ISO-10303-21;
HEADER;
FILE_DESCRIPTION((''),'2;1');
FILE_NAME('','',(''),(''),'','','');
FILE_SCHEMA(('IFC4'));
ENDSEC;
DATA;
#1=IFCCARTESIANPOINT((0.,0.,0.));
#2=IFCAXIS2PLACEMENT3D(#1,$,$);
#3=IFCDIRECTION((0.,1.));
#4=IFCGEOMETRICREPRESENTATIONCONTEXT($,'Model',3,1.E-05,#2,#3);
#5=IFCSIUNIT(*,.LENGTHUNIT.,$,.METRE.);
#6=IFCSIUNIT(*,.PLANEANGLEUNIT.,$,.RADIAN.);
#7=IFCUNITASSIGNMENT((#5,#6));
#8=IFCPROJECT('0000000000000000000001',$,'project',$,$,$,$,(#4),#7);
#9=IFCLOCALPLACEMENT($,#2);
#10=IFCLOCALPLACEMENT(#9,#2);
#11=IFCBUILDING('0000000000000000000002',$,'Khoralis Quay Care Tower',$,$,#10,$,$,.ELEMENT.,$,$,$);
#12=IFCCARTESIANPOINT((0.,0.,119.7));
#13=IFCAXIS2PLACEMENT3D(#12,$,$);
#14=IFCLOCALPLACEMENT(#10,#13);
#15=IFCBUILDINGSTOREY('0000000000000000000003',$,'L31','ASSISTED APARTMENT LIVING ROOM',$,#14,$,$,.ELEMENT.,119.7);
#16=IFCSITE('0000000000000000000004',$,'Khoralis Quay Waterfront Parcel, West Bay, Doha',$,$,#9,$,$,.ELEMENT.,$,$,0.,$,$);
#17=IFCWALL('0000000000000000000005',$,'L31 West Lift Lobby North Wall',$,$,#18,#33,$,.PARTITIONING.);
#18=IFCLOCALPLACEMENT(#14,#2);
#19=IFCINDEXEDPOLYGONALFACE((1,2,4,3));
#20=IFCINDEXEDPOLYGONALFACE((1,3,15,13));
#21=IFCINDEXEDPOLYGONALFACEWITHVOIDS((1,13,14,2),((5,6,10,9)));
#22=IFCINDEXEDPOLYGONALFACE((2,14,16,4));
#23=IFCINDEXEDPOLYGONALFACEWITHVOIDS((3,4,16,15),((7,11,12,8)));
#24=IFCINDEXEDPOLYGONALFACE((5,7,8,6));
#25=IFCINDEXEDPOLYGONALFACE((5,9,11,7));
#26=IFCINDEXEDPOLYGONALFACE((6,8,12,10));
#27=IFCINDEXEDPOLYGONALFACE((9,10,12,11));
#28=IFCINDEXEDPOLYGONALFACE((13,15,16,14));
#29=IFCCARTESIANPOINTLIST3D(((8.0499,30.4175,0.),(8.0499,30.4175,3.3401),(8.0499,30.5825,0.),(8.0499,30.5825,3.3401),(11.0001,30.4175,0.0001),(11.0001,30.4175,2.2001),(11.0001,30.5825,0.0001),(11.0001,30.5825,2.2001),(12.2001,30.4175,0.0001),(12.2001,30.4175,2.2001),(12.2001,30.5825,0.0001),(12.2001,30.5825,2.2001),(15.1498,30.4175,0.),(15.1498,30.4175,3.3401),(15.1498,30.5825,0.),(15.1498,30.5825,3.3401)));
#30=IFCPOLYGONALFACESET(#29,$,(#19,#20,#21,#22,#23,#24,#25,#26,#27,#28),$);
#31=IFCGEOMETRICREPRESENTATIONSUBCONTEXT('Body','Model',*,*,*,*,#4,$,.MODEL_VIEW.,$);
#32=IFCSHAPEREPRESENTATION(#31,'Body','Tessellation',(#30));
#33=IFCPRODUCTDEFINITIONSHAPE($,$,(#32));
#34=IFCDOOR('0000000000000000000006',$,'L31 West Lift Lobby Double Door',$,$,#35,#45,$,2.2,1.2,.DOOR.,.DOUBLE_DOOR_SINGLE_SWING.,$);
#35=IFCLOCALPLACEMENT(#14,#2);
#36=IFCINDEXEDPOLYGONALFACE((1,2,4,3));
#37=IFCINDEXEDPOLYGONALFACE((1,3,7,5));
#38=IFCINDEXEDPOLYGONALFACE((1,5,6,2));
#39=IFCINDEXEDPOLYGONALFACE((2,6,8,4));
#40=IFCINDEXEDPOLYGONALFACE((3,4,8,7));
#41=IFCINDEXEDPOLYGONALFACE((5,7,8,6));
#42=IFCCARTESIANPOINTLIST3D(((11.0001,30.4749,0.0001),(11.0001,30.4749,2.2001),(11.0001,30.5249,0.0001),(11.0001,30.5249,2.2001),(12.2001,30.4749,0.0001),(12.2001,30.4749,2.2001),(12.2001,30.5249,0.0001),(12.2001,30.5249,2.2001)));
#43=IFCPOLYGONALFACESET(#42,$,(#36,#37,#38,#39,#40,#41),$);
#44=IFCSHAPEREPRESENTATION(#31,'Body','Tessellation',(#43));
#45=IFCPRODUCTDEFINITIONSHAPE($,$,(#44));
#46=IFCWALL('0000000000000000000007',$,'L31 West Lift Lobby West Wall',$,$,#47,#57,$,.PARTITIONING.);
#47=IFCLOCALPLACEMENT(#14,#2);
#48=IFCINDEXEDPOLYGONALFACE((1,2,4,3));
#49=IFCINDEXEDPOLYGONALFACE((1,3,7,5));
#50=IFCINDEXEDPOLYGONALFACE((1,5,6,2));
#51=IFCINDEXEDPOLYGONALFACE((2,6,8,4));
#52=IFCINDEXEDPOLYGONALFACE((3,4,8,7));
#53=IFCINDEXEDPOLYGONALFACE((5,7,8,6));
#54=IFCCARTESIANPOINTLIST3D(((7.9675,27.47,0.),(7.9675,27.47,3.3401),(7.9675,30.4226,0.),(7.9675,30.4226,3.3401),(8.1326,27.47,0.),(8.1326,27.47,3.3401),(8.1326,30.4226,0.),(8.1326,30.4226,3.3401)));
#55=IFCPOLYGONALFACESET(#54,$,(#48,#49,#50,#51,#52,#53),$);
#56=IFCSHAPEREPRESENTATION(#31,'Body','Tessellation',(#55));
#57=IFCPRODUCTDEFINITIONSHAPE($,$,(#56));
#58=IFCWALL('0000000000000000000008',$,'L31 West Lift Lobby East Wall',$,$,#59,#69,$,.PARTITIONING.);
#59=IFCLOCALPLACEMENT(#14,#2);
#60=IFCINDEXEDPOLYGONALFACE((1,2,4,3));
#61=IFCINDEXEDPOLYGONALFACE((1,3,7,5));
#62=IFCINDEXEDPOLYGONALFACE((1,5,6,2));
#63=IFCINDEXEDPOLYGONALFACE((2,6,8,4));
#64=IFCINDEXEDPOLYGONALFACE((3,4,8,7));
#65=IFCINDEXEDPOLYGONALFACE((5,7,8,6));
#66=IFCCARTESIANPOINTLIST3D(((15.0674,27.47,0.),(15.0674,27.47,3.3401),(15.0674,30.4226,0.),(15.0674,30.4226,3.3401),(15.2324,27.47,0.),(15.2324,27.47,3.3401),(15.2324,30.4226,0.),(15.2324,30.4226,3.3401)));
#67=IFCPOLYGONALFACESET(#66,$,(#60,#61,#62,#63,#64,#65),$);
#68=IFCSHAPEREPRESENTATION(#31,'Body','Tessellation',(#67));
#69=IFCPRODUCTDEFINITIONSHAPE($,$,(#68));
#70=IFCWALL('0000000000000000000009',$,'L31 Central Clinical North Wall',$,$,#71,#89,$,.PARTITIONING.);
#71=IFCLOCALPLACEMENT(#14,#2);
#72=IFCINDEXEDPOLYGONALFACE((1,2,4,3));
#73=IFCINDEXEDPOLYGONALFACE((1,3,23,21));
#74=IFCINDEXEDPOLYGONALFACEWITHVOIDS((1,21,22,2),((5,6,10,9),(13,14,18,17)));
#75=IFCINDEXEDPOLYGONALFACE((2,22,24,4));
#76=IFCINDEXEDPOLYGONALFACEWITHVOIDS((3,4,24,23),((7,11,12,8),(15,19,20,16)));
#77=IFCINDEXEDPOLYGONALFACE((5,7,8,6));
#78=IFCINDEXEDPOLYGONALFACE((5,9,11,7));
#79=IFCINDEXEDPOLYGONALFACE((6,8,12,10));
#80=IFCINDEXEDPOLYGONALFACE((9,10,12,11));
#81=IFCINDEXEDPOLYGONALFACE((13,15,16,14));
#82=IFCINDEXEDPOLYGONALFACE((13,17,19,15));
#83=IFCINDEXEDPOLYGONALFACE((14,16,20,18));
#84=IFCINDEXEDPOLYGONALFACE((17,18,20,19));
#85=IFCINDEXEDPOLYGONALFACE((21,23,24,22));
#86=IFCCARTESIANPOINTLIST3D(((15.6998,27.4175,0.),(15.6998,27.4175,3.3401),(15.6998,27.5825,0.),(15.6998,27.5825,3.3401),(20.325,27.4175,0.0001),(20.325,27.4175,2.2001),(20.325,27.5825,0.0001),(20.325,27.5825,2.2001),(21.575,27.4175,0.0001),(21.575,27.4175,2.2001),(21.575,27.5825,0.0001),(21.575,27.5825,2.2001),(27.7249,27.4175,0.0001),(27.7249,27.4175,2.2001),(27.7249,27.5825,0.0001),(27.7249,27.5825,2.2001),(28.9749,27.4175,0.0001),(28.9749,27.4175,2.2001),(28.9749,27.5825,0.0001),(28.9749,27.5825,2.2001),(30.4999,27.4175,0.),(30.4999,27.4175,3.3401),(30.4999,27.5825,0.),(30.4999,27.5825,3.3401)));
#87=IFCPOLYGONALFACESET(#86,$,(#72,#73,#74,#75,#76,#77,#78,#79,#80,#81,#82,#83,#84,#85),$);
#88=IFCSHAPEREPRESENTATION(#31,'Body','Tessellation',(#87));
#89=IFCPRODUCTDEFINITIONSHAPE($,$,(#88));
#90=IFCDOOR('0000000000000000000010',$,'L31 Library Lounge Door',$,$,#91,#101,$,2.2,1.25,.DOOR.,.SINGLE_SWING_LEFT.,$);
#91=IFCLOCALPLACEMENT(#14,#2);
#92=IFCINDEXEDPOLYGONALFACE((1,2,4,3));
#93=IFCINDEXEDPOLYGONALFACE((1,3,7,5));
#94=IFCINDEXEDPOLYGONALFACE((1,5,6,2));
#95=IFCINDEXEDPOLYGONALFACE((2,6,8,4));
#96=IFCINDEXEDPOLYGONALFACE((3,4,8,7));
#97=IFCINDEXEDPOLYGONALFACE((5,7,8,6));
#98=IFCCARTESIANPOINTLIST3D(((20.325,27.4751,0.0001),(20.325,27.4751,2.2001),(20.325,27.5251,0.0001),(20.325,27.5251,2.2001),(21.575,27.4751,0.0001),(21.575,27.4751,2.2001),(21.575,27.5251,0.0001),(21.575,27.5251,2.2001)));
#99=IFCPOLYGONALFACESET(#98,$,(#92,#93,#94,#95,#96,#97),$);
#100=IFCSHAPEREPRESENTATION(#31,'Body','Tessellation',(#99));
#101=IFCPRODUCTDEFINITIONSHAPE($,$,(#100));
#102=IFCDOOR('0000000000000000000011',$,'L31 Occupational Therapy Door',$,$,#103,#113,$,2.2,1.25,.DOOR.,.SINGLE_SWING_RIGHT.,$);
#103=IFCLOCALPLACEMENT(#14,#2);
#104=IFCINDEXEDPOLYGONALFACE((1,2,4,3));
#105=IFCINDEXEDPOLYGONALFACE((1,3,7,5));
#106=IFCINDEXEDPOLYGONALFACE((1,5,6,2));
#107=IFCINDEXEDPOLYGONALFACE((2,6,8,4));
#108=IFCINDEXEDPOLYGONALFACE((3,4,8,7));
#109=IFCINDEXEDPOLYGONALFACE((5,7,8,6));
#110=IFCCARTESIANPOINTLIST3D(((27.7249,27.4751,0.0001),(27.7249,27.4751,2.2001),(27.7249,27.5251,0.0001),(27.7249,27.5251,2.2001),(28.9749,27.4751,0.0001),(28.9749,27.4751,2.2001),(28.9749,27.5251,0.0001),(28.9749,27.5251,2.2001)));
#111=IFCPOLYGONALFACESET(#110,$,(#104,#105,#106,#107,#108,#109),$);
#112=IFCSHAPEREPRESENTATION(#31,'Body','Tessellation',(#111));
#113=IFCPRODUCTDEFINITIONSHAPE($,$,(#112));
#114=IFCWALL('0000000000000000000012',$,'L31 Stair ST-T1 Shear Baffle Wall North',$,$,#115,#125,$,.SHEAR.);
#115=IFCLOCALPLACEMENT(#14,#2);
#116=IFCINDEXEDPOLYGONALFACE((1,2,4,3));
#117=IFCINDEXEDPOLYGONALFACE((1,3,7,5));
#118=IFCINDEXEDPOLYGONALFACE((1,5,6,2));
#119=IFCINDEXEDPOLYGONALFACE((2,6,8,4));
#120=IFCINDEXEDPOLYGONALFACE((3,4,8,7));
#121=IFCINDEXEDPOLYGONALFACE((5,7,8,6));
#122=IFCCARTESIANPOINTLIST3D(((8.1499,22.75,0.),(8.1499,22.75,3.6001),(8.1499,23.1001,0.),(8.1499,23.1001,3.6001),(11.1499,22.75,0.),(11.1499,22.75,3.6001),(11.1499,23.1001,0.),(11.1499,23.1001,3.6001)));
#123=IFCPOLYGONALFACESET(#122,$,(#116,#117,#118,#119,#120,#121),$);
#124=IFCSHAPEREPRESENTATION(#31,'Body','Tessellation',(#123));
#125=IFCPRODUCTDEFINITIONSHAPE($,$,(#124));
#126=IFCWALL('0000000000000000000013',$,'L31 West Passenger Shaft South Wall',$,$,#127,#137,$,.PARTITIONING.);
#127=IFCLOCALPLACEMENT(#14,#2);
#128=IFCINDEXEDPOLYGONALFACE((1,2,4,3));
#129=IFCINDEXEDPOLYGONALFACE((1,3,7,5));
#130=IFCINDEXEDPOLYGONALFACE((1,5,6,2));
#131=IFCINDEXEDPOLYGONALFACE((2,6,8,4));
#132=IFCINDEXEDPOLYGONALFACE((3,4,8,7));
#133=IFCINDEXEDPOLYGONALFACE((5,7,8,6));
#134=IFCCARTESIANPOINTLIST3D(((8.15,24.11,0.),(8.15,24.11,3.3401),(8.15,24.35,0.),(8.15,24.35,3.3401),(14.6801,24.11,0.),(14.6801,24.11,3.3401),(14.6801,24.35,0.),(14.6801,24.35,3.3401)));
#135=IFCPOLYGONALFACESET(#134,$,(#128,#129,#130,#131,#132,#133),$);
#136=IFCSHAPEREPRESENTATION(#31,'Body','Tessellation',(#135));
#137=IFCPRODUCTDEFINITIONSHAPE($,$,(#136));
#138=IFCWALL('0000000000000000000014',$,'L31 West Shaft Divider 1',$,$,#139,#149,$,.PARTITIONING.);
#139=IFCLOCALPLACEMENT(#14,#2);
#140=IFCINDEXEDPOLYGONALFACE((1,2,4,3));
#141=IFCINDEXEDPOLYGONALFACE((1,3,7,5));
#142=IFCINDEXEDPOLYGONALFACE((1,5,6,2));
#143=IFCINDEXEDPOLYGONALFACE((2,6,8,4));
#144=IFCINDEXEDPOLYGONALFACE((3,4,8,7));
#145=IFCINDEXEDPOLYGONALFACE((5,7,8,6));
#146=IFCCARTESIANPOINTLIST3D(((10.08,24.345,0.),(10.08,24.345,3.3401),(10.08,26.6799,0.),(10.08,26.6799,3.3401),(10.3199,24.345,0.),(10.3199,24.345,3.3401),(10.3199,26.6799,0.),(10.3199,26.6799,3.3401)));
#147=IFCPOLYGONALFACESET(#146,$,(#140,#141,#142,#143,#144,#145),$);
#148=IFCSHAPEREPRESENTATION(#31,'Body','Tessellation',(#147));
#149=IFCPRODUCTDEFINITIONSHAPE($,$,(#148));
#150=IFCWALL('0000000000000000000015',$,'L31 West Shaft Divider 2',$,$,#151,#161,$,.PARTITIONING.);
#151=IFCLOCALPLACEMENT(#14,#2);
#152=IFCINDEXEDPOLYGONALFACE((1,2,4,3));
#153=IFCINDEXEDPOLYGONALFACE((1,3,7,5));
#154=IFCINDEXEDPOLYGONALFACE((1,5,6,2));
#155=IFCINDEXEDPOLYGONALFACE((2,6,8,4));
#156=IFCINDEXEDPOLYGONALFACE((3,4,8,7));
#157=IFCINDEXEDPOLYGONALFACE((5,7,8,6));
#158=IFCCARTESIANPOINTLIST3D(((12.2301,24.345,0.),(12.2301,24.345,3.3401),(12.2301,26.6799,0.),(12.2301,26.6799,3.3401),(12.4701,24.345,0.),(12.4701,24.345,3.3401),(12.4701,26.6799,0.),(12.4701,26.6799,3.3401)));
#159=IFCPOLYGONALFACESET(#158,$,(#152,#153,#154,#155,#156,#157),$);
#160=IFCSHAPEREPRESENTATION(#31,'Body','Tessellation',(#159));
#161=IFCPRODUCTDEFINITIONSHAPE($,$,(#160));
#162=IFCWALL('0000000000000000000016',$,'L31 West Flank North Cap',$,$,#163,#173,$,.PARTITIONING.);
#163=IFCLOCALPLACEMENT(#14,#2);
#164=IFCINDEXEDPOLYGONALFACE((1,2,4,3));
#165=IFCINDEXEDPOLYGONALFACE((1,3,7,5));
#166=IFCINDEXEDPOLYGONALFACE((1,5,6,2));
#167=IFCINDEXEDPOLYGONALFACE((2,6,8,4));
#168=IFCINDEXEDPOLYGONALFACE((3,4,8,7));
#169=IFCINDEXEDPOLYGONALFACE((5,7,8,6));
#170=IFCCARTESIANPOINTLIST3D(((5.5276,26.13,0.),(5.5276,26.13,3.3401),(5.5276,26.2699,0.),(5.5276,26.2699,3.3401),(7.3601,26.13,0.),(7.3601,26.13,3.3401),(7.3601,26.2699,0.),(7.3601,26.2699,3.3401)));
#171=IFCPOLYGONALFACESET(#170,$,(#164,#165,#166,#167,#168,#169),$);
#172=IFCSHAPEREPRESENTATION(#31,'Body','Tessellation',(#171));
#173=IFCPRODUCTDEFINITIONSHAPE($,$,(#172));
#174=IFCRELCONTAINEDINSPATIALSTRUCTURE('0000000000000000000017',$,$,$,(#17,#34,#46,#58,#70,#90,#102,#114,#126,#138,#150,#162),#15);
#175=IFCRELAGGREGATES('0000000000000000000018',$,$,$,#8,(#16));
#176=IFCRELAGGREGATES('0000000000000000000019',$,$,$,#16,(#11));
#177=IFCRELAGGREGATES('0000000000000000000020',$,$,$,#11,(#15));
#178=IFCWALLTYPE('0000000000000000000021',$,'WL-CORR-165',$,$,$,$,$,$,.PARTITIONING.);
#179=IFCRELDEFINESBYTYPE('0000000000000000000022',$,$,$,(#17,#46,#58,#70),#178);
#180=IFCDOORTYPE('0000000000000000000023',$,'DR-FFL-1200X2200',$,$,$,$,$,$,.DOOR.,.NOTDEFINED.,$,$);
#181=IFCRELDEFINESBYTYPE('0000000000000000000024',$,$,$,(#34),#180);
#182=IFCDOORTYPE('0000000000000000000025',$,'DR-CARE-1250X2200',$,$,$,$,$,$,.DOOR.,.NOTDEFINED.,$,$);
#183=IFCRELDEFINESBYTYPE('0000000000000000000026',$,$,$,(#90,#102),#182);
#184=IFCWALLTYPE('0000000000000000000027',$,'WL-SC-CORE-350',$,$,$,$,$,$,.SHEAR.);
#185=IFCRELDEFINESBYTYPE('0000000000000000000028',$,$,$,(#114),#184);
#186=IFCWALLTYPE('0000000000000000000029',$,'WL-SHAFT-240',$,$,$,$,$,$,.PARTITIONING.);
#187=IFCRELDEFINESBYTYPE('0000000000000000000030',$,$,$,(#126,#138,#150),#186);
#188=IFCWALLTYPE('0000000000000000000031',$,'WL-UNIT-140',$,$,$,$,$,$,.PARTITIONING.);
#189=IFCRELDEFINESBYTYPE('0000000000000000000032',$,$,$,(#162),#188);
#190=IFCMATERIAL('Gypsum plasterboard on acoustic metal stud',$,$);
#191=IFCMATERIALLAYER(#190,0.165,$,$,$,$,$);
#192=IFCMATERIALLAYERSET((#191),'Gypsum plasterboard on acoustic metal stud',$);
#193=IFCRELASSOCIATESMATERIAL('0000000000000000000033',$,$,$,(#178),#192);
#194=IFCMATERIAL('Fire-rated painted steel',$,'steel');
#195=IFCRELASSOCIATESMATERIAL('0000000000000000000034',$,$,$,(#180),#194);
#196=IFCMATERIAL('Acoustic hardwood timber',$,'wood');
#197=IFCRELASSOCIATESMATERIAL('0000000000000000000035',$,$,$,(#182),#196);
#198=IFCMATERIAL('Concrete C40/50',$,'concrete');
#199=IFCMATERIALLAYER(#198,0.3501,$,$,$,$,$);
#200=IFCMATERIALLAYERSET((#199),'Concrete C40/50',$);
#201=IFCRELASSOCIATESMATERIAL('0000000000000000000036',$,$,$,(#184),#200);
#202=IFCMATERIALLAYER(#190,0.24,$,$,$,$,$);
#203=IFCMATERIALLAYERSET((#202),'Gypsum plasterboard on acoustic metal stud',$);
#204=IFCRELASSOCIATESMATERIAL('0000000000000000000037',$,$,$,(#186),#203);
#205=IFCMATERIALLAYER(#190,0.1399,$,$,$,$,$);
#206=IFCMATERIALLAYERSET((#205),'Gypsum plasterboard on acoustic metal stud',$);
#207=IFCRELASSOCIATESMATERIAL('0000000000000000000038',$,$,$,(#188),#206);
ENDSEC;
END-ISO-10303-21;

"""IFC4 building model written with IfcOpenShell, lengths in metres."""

from ifc_helpers import new_model, si_unit, direction, frame, frame_2d, origin, place, context, subcontext, project, spatial, rectangle, extrude, source, transform, mapped, material, layer, layer_set, type_object, element, fill, save


model = new_model("IFC4")

# Units and contexts
model_context = context("Model", 3, precision=1e-05, world=origin(), true_north=direction((0.0, 1.0)))
body_context = subcontext(model_context, "Body", "Model", "MODEL_VIEW")
ifc_project = project(units=[si_unit("LENGTHUNIT", "METRE"), si_unit("PLANEANGLEUNIT", "RADIAN")], contexts=[model_context])

# Site, building, storey
site_placement = place(None, origin())
site = spatial("IfcSite", under=ifc_project, at=site_placement, Name="Khoralis Quay Waterfront Parcel, West Bay, Doha", CompositionType="ELEMENT", RefElevation=0.0)
building_placement = place(site_placement, origin())
building = spatial("IfcBuilding", under=site, at=building_placement, Name="Khoralis Quay Care Tower", CompositionType="ELEMENT")
storey_placement = place(building_placement, frame((0.0, 0.0, 119.7)))
storey = spatial("IfcBuildingStorey", under=building, at=storey_placement, Name="L31", Description="ASSISTED APARTMENT LIVING ROOM", CompositionType="ELEMENT", Elevation=119.7)

# Wall, opening, door
ifc_material_1 = material(Name="Gypsum plasterboard on acoustic metal stud")
ifc_layer_1 = layer(ifc_material_1, 0.165)
ifc_layer_set_1 = layer_set([ifc_layer_1], Name="Gypsum plasterboard on acoustic metal stud")
wall_type_1 = type_object("IfcWallType", Name="WL-CORR-165", PredefinedType="PARTITIONING", material=ifc_layer_set_1)
wall_1_placement = place(storey_placement, frame((8.05, 30.5, 0.0), z_axis=(0.0, 0.0, 1.0), x_axis=(1.0, 0.0, 0.0)))
wall_1 = element("IfcWall", 1, at=wall_1_placement, inside=storey, type_object=wall_type_1, Name="L31 West Lift Lobby North Wall", PredefinedType="PARTITIONING", context=body_context, shape_type="SweptSolid", body=[
    extrude(rectangle(XDim=7.0999, YDim=0.165, at=frame_2d((3.5498, 0.0))), origin(), (0.0, 0.0, 1.0), 3.3401),
])
opening_1_placement = place(wall_1_placement, frame((2.95, 0.0, 0.0)))
opening_1 = element("IfcOpeningElement", 2, at=opening_1_placement, cuts=wall_1, PredefinedType="OPENING", context=body_context, shape_type="SweptSolid", body=[
    extrude(rectangle(XDim=1.2, YDim=2.2, at=frame_2d((0.6001, 1.1001))), frame((0.0, 0.0925, 0.0), z_axis=(0.0, -1.0, 0.0), x_axis=(1.0, 0.0, 0.0)), (0.0, 0.0, 1.0), 0.1851),
])
ifc_material_2 = material(Name="Fire-rated painted steel", Category="steel")
door_type_1 = type_object("IfcDoorType", Name="DR-FFL-1200X2200", OperationType="NOTDEFINED", PredefinedType="DOOR", material=ifc_material_2)
shared_shape_1 = source(origin(), body_context, "Body", "SweptSolid", [
    extrude(rectangle(XDim=1.2, YDim=2.2, at=frame_2d((0.6001, 1.1001))), frame((0.0, 0.0249, 0.0), z_axis=(0.0, -1.0, 0.0), x_axis=(1.0, 0.0, 0.0)), (0.0, 0.0, 1.0), 0.05),
])
door_1_placement = place(opening_1_placement, origin())
door_1 = element("IfcDoor", 3, at=door_1_placement, inside=storey, type_object=door_type_1, Name="L31 West Lift Lobby Double Door", OperationType="DOUBLE_DOOR_SINGLE_SWING", OverallHeight=2.2, OverallWidth=1.2, PredefinedType="DOOR", context=body_context, shape_type="MappedRepresentation", body=[
    mapped(shared_shape_1, transform((0.0, 0.0, 0.0), scale=1.0)),
])
fill(opening_1, door_1)

# Walls
for number, where, z_axis, x_axis, name in (
    (4, (8.05, 27.47, 0.0), (0.0, 0.0, 1.0), (0.0, 1.0, 0.0), "L31 West Lift Lobby West Wall"),
    (5, (15.1499, 27.47, 0.0), (0.0, 0.0, 1.0), (0.0, 1.0, 0.0), "L31 West Lift Lobby East Wall"),
):
    element("IfcWall", number, at=place(storey_placement, frame(where, z_axis=z_axis, x_axis=x_axis)), inside=storey, type_object=wall_type_1, Name=name, PredefinedType="PARTITIONING", context=body_context, shape_type="SweptSolid", body=[
        extrude(rectangle(XDim=2.9526, YDim=0.165, at=frame_2d((1.4763, 0.0))), origin(), (0.0, 0.0, 1.0), 3.3401),
    ])

# Wall, openings, doors
wall_2_placement = place(storey_placement, frame((15.7, 27.5, 0.0), z_axis=(0.0, 0.0, 1.0), x_axis=(1.0, 0.0, 0.0)))
wall_2 = element("IfcWall", 6, at=wall_2_placement, inside=storey, type_object=wall_type_1, Name="L31 Central Clinical North Wall", PredefinedType="PARTITIONING", context=body_context, shape_type="SweptSolid", body=[
    extrude(rectangle(XDim=14.8, YDim=0.165, at=frame_2d((7.3999, 0.0))), origin(), (0.0, 0.0, 1.0), 3.3401),
])
opening_2_placement = place(wall_2_placement, frame((4.625, 0.0, 0.0)))
opening_2 = element("IfcOpeningElement", 7, at=opening_2_placement, cuts=wall_2, PredefinedType="OPENING", context=body_context, shape_type="SweptSolid", body=[
    extrude(rectangle(XDim=1.25, YDim=2.2, at=frame_2d((0.625, 1.1001))), frame((0.0, 0.0925, 0.0), z_axis=(0.0, -1.0, 0.0), x_axis=(1.0, 0.0, 0.0)), (0.0, 0.0, 1.0), 0.1851),
])
opening_3_placement = place(wall_2_placement, frame((12.0249, 0.0, 0.0)))
opening_3 = element("IfcOpeningElement", 8, at=opening_3_placement, cuts=wall_2, PredefinedType="OPENING", context=body_context, shape_type="SweptSolid", body=[
    extrude(rectangle(XDim=1.25, YDim=2.2, at=frame_2d((0.625, 1.1001))), frame((0.0, 0.0925, 0.0), z_axis=(0.0, -1.0, 0.0), x_axis=(1.0, 0.0, 0.0)), (0.0, 0.0, 1.0), 0.1851),
])
ifc_material_3 = material(Name="Acoustic hardwood timber", Category="wood")
door_type_2 = type_object("IfcDoorType", Name="DR-CARE-1250X2200", OperationType="NOTDEFINED", PredefinedType="DOOR", material=ifc_material_3)
shared_shape_2 = source(origin(), body_context, "Body", "SweptSolid", [
    extrude(rectangle(XDim=1.25, YDim=2.2, at=frame_2d((0.625, 1.1001))), frame((0.0, 0.0249, 0.0), z_axis=(0.0, -1.0, 0.0), x_axis=(1.0, 0.0, 0.0)), (0.0, 0.0, 1.0), 0.05),
])
door_2_placement = place(opening_2_placement, frame((1.25, 0.0, 0.0), z_axis=(0.0, 0.0, 1.0), x_axis=(-1.0, 0.0, 0.0)))
door_2 = element("IfcDoor", 9, at=door_2_placement, inside=storey, type_object=door_type_2, Name="L31 Library Lounge Door", OperationType="SINGLE_SWING_LEFT", OverallHeight=2.2, OverallWidth=1.25, PredefinedType="DOOR", context=body_context, shape_type="MappedRepresentation", body=[
    mapped(shared_shape_2, transform((0.0, 0.0, 0.0), scale=1.0)),
])
fill(opening_2, door_2)
door_3_placement = place(opening_3_placement, frame((1.25, 0.0, 0.0), z_axis=(0.0, 0.0, 1.0), x_axis=(-1.0, 0.0, 0.0)))
door_3 = element("IfcDoor", 10, at=door_3_placement, inside=storey, type_object=door_type_2, Name="L31 Occupational Therapy Door", OperationType="SINGLE_SWING_RIGHT", OverallHeight=2.2, OverallWidth=1.25, PredefinedType="DOOR", context=body_context, shape_type="MappedRepresentation", body=[
    mapped(shared_shape_2, transform((0.0, 0.0, 0.0), scale=1.0)),
])
fill(opening_3, door_3)

# Walls
ifc_material_4 = material(Name="Concrete C40/50", Category="concrete")
ifc_layer_2 = layer(ifc_material_4, 0.3501)
ifc_layer_set_2 = layer_set([ifc_layer_2], Name="Concrete C40/50")
wall_type_2 = type_object("IfcWallType", Name="WL-SC-CORE-350", PredefinedType="SHEAR", material=ifc_layer_set_2)
wall_3_placement = place(storey_placement, frame((8.1499, 22.925, 0.0), z_axis=(0.0, 0.0, 1.0), x_axis=(1.0, 0.0, 0.0)))
element("IfcWall", 11, at=wall_3_placement, inside=storey, type_object=wall_type_2, Name="L31 Stair ST-T1 Shear Baffle Wall North", PredefinedType="SHEAR", context=body_context, shape_type="SweptSolid", body=[
    extrude(rectangle(XDim=3.0, YDim=0.3501, at=frame_2d((1.5, 0.0))), origin(), (0.0, 0.0, 1.0), 3.6001),
])
ifc_layer_3 = layer(ifc_material_1, 0.24)
ifc_layer_set_3 = layer_set([ifc_layer_3], Name="Gypsum plasterboard on acoustic metal stud")
wall_type_3 = type_object("IfcWallType", Name="WL-SHAFT-240", PredefinedType="PARTITIONING", material=ifc_layer_set_3)
wall_4_placement = place(storey_placement, frame((8.1499, 24.23, 0.0), z_axis=(0.0, 0.0, 1.0), x_axis=(1.0, 0.0, 0.0)))
element("IfcWall", 12, at=wall_4_placement, inside=storey, type_object=wall_type_3, Name="L31 West Passenger Shaft South Wall", PredefinedType="PARTITIONING", context=body_context, shape_type="SweptSolid", body=[
    extrude(rectangle(XDim=6.53, YDim=0.24, at=frame_2d((3.2651, 0.0))), origin(), (0.0, 0.0, 1.0), 3.3401),
])
for number, where, z_axis, x_axis, name in (
    (13, (10.2, 24.345, 0.0), (0.0, 0.0, 1.0), (0.0, 1.0, 0.0), "L31 West Shaft Divider 1"),
    (14, (12.3501, 24.345, 0.0), (0.0, 0.0, 1.0), (0.0, 1.0, 0.0), "L31 West Shaft Divider 2"),
):
    element("IfcWall", number, at=place(storey_placement, frame(where, z_axis=z_axis, x_axis=x_axis)), inside=storey, type_object=wall_type_3, Name=name, PredefinedType="PARTITIONING", context=body_context, shape_type="SweptSolid", body=[
        extrude(rectangle(XDim=2.335, YDim=0.24, at=frame_2d((1.1675, 0.0))), origin(), (0.0, 0.0, 1.0), 3.3401),
    ])
ifc_layer_4 = layer(ifc_material_1, 0.1399)
ifc_layer_set_4 = layer_set([ifc_layer_4], Name="Gypsum plasterboard on acoustic metal stud")
wall_type_4 = type_object("IfcWallType", Name="WL-UNIT-140", PredefinedType="PARTITIONING", material=ifc_layer_set_4)
for number, where, z_axis, x_axis, name in (
    (15, (5.5276, 26.2, 0.0), (0.0, 0.0, 1.0), (1.0, 0.0, 0.0), "L31 West Flank North Cap"),
):
    element("IfcWall", number, at=place(storey_placement, frame(where, z_axis=z_axis, x_axis=x_axis)), inside=storey, type_object=wall_type_4, Name=name, PredefinedType="PARTITIONING", context=body_context, shape_type="SweptSolid", body=[
        extrude(rectangle(XDim=1.8325, YDim=0.1399, at=frame_2d((0.9163, 0.0))), origin(), (0.0, 0.0, 1.0), 3.3401),
    ])

save(model, "model.ifc")
